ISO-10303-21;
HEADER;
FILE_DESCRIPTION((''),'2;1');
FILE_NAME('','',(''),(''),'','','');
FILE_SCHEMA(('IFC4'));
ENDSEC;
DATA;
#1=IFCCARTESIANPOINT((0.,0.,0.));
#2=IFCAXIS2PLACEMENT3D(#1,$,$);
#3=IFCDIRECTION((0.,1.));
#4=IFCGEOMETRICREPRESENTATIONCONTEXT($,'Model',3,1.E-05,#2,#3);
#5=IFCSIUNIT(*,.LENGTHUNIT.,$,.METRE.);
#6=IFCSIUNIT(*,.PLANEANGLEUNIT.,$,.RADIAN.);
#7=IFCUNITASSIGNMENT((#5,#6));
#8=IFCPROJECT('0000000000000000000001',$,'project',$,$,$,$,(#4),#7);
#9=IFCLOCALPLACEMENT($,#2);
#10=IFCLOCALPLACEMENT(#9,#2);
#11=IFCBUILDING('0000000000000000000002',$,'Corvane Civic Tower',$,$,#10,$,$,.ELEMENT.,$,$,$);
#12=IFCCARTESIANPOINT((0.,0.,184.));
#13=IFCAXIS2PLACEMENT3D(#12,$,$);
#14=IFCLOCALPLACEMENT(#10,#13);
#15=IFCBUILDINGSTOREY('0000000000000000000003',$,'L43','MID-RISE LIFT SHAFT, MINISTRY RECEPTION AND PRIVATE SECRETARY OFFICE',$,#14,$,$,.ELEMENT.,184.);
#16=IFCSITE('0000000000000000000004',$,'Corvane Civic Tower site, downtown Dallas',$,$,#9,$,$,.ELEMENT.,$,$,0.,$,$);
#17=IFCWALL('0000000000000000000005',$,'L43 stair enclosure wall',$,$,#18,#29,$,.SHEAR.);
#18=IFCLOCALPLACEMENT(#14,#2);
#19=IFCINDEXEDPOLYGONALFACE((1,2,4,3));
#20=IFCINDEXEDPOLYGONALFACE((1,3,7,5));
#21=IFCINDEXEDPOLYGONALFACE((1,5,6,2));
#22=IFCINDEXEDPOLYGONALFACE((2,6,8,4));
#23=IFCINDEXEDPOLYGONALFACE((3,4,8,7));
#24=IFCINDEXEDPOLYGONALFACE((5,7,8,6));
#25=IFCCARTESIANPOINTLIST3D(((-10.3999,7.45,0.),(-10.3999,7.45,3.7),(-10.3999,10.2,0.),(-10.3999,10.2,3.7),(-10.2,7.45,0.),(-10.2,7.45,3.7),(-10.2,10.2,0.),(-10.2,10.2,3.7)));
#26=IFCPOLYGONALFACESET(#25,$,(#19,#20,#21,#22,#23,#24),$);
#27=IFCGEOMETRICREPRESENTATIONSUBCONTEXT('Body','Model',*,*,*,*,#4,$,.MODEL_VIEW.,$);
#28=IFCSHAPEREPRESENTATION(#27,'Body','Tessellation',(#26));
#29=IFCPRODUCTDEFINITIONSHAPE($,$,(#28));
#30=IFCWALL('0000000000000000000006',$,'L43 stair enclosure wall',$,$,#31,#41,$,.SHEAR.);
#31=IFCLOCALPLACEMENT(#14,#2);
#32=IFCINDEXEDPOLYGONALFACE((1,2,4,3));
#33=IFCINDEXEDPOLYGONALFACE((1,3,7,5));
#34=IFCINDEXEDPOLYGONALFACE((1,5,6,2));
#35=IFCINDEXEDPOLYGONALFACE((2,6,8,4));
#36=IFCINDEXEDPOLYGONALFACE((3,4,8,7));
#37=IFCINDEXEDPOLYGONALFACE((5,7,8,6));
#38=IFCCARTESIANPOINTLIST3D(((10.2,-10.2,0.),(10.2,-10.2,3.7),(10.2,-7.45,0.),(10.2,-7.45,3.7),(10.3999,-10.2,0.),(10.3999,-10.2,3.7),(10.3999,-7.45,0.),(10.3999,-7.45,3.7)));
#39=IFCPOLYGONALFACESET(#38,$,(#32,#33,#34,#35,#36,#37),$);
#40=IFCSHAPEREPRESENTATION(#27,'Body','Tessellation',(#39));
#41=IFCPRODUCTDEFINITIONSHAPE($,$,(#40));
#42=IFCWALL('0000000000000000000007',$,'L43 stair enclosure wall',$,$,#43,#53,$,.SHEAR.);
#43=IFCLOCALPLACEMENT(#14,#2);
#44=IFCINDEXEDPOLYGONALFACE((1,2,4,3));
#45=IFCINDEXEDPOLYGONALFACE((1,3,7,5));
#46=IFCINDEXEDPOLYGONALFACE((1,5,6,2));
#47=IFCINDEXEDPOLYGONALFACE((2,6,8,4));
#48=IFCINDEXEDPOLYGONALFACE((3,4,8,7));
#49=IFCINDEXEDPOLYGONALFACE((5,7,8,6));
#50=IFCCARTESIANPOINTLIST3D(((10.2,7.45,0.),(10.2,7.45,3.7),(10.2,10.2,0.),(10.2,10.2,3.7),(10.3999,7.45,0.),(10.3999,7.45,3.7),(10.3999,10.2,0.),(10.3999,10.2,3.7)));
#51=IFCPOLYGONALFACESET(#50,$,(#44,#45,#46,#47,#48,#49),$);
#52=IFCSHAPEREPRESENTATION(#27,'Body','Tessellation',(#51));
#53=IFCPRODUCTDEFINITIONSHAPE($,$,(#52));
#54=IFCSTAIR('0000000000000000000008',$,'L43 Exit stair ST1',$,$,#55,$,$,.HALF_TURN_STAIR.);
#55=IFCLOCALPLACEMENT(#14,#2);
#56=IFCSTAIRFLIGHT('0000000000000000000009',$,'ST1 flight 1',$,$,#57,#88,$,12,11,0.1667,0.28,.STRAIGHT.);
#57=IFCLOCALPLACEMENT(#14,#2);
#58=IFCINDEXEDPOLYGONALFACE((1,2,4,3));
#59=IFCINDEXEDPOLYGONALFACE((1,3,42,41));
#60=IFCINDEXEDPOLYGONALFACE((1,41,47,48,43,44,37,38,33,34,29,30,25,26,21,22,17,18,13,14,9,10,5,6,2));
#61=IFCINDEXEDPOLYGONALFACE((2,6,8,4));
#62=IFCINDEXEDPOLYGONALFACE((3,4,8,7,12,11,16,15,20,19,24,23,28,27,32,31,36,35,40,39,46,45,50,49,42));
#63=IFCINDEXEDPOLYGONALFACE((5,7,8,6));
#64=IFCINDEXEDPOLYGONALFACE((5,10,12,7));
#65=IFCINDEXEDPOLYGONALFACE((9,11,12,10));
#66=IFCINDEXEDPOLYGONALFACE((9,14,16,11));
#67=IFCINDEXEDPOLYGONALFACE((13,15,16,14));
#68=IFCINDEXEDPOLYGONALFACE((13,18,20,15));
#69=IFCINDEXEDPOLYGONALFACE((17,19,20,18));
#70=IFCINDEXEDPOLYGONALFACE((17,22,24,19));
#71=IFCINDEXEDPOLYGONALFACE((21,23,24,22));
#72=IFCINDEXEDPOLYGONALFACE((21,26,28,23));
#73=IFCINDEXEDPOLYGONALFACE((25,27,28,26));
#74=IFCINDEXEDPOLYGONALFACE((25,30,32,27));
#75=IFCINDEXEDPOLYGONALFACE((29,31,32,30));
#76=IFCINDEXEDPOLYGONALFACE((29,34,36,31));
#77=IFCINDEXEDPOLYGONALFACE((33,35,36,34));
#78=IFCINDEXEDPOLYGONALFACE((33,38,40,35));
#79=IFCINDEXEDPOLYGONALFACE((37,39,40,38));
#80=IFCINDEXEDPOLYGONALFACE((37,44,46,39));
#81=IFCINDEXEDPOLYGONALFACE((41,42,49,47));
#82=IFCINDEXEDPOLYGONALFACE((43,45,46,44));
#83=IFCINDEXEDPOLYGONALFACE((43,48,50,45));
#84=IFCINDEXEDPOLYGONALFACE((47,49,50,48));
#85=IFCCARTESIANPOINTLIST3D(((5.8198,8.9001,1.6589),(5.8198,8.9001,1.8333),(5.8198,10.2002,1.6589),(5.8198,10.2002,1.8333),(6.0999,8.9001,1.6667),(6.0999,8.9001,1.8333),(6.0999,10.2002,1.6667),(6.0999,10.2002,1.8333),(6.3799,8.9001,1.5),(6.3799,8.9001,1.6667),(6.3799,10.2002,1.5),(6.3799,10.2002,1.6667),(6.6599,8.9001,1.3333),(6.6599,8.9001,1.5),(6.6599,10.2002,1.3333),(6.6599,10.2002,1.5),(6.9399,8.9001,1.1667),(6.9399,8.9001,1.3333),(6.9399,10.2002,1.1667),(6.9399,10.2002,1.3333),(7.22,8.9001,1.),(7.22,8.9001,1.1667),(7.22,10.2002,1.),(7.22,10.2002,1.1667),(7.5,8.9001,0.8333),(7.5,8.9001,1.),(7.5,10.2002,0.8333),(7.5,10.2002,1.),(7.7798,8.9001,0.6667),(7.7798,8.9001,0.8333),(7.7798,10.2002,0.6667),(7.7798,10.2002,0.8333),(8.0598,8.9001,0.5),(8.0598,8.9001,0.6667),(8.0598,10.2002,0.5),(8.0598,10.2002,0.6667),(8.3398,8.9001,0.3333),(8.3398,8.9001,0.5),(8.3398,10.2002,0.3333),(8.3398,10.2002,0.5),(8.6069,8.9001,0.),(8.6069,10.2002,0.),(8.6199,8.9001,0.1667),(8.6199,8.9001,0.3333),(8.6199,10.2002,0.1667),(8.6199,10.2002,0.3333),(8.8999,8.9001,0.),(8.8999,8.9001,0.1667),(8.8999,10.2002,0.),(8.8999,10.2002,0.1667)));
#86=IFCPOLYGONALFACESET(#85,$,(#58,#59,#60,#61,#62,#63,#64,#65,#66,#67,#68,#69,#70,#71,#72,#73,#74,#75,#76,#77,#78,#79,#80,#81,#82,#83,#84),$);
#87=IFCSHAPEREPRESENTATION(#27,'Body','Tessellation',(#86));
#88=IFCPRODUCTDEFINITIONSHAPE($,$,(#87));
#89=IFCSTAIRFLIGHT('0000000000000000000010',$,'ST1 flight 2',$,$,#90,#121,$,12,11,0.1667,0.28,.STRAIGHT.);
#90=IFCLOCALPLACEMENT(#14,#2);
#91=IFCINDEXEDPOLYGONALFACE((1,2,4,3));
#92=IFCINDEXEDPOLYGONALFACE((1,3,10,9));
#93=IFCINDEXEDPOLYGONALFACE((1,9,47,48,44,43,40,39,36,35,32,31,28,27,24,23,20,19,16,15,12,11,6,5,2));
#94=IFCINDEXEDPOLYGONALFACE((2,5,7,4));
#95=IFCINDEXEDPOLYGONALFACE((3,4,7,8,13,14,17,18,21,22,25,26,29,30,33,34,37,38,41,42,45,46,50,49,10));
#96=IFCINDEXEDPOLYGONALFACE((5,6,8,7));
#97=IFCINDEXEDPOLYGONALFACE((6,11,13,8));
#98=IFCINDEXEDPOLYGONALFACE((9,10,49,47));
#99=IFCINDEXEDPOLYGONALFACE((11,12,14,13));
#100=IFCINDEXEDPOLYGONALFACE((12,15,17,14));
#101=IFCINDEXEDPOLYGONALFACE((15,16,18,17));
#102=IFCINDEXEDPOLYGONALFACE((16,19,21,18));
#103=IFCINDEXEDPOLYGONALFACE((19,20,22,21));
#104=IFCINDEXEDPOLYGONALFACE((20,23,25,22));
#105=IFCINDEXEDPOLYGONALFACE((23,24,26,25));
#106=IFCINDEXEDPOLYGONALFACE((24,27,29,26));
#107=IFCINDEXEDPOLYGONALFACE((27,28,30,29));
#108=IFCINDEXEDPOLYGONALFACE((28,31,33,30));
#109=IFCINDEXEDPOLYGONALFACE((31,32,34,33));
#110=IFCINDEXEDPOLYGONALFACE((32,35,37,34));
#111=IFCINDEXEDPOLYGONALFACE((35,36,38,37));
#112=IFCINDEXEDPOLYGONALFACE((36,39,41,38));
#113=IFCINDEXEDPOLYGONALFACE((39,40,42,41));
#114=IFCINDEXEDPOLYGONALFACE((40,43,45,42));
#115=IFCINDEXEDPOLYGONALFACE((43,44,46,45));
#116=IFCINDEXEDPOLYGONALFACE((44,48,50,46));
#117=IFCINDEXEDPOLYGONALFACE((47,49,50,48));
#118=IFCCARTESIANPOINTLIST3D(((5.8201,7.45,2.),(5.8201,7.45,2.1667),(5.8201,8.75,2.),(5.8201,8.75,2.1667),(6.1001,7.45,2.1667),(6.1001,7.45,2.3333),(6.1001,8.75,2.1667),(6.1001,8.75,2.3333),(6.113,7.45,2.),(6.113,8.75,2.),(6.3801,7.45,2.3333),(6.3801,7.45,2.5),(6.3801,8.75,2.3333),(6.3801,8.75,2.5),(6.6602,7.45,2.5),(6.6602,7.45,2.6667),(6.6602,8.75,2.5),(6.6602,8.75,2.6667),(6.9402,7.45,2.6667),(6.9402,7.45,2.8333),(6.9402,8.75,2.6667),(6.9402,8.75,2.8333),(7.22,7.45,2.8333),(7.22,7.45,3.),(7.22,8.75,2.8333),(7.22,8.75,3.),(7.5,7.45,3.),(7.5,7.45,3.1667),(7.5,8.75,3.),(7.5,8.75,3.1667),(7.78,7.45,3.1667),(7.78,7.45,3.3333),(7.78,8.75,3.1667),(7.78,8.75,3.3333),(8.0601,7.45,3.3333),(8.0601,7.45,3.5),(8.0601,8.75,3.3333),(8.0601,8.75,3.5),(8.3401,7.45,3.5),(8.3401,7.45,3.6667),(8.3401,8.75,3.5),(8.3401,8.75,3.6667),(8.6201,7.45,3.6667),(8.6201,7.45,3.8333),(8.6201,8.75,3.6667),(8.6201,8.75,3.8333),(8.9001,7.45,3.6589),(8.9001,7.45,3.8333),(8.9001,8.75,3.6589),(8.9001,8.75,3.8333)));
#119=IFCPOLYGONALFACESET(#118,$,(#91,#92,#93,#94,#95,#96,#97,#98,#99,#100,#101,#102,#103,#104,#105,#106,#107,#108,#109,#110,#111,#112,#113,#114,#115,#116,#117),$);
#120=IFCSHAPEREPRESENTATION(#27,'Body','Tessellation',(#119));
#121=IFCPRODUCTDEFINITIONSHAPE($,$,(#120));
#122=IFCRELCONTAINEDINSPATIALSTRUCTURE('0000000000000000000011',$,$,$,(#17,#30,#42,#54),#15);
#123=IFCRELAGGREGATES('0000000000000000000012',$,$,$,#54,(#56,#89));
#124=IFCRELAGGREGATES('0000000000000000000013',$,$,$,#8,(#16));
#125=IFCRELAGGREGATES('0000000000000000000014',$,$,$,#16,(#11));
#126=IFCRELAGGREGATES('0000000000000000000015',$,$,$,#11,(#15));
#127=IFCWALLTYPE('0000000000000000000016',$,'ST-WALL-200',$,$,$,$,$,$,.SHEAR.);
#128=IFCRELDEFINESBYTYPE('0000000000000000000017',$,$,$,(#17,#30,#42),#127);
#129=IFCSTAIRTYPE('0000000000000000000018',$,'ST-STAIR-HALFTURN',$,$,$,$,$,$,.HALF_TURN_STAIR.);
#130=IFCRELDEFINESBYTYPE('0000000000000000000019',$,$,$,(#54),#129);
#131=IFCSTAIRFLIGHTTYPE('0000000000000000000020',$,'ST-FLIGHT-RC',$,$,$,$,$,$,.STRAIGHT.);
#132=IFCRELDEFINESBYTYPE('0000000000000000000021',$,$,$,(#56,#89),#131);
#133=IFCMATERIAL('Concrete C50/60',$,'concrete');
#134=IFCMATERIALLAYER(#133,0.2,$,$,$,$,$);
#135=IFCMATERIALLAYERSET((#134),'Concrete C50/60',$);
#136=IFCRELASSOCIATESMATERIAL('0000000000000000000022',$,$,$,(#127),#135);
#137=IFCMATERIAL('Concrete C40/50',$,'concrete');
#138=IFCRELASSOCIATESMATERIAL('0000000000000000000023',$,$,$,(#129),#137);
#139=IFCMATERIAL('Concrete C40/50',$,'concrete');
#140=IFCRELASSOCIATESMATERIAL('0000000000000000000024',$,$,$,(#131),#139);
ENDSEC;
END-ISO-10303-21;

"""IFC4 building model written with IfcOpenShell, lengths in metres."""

from ifc_helpers import new_model, si_unit, direction, frame, origin, place, context, subcontext, project, spatial, polyline, outline, extrude, material, layer, layer_set, type_object, element, aggregate, save


model = new_model("IFC4")

# Units and contexts
model_context = context("Model", 3, precision=1e-05, world=origin(), true_north=direction((0.0, 1.0)))
body_context = subcontext(model_context, "Body", "Model", "MODEL_VIEW")
ifc_project = project(units=[si_unit("LENGTHUNIT", "METRE"), si_unit("PLANEANGLEUNIT", "RADIAN")], contexts=[model_context])

# Site, building, storey
site_placement = place(None, origin())
site = spatial("IfcSite", under=ifc_project, at=site_placement, Name="Corvane Civic Tower site, downtown Dallas", CompositionType="ELEMENT", RefElevation=0.0)
building_placement = place(site_placement, origin())
building = spatial("IfcBuilding", under=site, at=building_placement, Name="Corvane Civic Tower", CompositionType="ELEMENT")
storey_placement = place(building_placement, frame((0.0, 0.0, 184.0)))
storey = spatial("IfcBuildingStorey", under=building, at=storey_placement, Name="L43", Description="MID-RISE LIFT SHAFT, MINISTRY RECEPTION AND PRIVATE SECRETARY OFFICE", CompositionType="ELEMENT", Elevation=184.0)

# Shared definitions
ifc_material_1 = material(Name="Concrete C50/60", Category="concrete")
ifc_layer_1 = layer(ifc_material_1, 0.2)
ifc_layer_set_1 = layer_set([ifc_layer_1], Name="Concrete C50/60")
wall_type_1 = type_object("IfcWallType", Name="ST-WALL-200", PredefinedType="SHEAR", material=ifc_layer_set_1)

# Walls
wall_1_placement = place(storey_placement, origin())
element("IfcWall", 1, at=wall_1_placement, inside=storey, type_object=wall_type_1, Name="L43 stair enclosure wall", PredefinedType="SHEAR", context=body_context, shape_type="SweptSolid", body=[
    extrude(outline(polyline([(-10.2, 7.45), (-10.3999, 7.45), (-10.3999, 10.2), (-10.2, 10.2), (-10.2, 7.45)])), origin(), (0.0, 0.0, 1.0), 3.7),
])
wall_2_placement = place(storey_placement, origin())
element("IfcWall", 2, at=wall_2_placement, inside=storey, type_object=wall_type_1, Name="L43 stair enclosure wall", PredefinedType="SHEAR", context=body_context, shape_type="SweptSolid", body=[
    extrude(outline(polyline([(10.3999, -7.45), (10.3999, -10.2), (10.2, -10.2), (10.2, -7.45), (10.3999, -7.45)])), origin(), (0.0, 0.0, 1.0), 3.7),
])
wall_3_placement = place(storey_placement, origin())
element("IfcWall", 3, at=wall_3_placement, inside=storey, type_object=wall_type_1, Name="L43 stair enclosure wall", PredefinedType="SHEAR", context=body_context, shape_type="SweptSolid", body=[
    extrude(outline(polyline([(10.3999, 7.45), (10.2, 7.45), (10.2, 10.2), (10.3999, 10.2), (10.3999, 7.45)])), origin(), (0.0, 0.0, 1.0), 3.7),
])

# Stair, stair flights
ifc_material_2 = material(Name="Concrete C40/50", Category="concrete")
stair_type = type_object("IfcStairType", Name="ST-STAIR-HALFTURN", PredefinedType="HALF_TURN_STAIR", material=ifc_material_2)
stair_placement = place(storey_placement, origin())
stair = element("IfcStair", 4, at=stair_placement, inside=storey, type_object=stair_type, Name="L43 Exit stair ST1", PredefinedType="HALF_TURN_STAIR")
ifc_material_3 = material(Name="Concrete C40/50", Category="concrete")
stair_flight_type = type_object("IfcStairFlightType", Name="ST-FLIGHT-RC", PredefinedType="STRAIGHT", material=ifc_material_3)
stair_flight_1_placement = place(storey_placement, frame((8.8999, 9.55, 0.0), z_axis=(0.0, 0.0, 1.0), x_axis=(-1.0, 0.0, 0.0)))
stair_flight_1 = element("IfcStairFlight", 5, at=stair_flight_1_placement, type_object=stair_flight_type, Name="ST1 flight 1", NumberOfRisers=12, NumberOfTreads=11, PredefinedType="STRAIGHT", RiserHeight=0.1667, TreadLength=0.28, context=body_context, shape_type="SweptSolid", body=[
    extrude(outline(polyline([(0.0, 0.0), (0.0, 0.1667), (0.28, 0.1667), (0.28, 0.3333), (0.5601, 0.3333), (0.5601, 0.5), (0.8401, 0.5), (0.8401, 0.6667), (1.1201, 0.6667), (1.1201, 0.8333), (1.3999, 0.8333), (1.3999, 1.0), (1.6799, 1.0), (1.6799, 1.1667), (1.96, 1.1667), (1.96, 1.3333), (2.24, 1.3333), (2.24, 1.5), (2.52, 1.5), (2.52, 1.6667), (2.8, 1.6667), (2.8, 1.8333), (3.0801, 1.8333), (3.0801, 2.0), (3.0801, 1.6589), (0.293, 0.0), (0.0, 0.0)])), frame((0.0, 0.6499, 0.0), z_axis=(0.0, -1.0, 0.0), x_axis=(1.0, 0.0, 0.0)), (0.0, 0.0, 1.0), 1.3),
])
stair_flight_2_placement = place(storey_placement, frame((5.8201, 8.1001, 2.0), z_axis=(0.0, 0.0, 1.0), x_axis=(1.0, 0.0, 0.0)))
stair_flight_2 = element("IfcStairFlight", 6, at=stair_flight_2_placement, type_object=stair_flight_type, Name="ST1 flight 2", NumberOfRisers=12, NumberOfTreads=11, PredefinedType="STRAIGHT", RiserHeight=0.1667, TreadLength=0.28, context=body_context, shape_type="SweptSolid", body=[
    extrude(outline(polyline([(0.0, 0.0), (0.0, 0.1667), (0.28, 0.1667), (0.28, 0.3333), (0.5601, 0.3333), (0.5601, 0.5), (0.8401, 0.5), (0.8401, 0.6667), (1.1201, 0.6667), (1.1201, 0.8333), (1.3999, 0.8333), (1.3999, 1.0), (1.6799, 1.0), (1.6799, 1.1667), (1.96, 1.1667), (1.96, 1.3333), (2.24, 1.3333), (2.24, 1.5), (2.52, 1.5), (2.52, 1.6667), (2.8, 1.6667), (2.8, 1.8333), (3.0801, 1.8333), (3.0801, 2.0), (3.0801, 1.6589), (0.293, 0.0), (0.0, 0.0)])), frame((0.0, 0.6499, 0.0), z_axis=(0.0, -1.0, 0.0), x_axis=(1.0, 0.0, 0.0)), (0.0, 0.0, 1.0), 1.3),
])
aggregate(stair, [stair_flight_1, stair_flight_2])

save(model, "model.ifc")
